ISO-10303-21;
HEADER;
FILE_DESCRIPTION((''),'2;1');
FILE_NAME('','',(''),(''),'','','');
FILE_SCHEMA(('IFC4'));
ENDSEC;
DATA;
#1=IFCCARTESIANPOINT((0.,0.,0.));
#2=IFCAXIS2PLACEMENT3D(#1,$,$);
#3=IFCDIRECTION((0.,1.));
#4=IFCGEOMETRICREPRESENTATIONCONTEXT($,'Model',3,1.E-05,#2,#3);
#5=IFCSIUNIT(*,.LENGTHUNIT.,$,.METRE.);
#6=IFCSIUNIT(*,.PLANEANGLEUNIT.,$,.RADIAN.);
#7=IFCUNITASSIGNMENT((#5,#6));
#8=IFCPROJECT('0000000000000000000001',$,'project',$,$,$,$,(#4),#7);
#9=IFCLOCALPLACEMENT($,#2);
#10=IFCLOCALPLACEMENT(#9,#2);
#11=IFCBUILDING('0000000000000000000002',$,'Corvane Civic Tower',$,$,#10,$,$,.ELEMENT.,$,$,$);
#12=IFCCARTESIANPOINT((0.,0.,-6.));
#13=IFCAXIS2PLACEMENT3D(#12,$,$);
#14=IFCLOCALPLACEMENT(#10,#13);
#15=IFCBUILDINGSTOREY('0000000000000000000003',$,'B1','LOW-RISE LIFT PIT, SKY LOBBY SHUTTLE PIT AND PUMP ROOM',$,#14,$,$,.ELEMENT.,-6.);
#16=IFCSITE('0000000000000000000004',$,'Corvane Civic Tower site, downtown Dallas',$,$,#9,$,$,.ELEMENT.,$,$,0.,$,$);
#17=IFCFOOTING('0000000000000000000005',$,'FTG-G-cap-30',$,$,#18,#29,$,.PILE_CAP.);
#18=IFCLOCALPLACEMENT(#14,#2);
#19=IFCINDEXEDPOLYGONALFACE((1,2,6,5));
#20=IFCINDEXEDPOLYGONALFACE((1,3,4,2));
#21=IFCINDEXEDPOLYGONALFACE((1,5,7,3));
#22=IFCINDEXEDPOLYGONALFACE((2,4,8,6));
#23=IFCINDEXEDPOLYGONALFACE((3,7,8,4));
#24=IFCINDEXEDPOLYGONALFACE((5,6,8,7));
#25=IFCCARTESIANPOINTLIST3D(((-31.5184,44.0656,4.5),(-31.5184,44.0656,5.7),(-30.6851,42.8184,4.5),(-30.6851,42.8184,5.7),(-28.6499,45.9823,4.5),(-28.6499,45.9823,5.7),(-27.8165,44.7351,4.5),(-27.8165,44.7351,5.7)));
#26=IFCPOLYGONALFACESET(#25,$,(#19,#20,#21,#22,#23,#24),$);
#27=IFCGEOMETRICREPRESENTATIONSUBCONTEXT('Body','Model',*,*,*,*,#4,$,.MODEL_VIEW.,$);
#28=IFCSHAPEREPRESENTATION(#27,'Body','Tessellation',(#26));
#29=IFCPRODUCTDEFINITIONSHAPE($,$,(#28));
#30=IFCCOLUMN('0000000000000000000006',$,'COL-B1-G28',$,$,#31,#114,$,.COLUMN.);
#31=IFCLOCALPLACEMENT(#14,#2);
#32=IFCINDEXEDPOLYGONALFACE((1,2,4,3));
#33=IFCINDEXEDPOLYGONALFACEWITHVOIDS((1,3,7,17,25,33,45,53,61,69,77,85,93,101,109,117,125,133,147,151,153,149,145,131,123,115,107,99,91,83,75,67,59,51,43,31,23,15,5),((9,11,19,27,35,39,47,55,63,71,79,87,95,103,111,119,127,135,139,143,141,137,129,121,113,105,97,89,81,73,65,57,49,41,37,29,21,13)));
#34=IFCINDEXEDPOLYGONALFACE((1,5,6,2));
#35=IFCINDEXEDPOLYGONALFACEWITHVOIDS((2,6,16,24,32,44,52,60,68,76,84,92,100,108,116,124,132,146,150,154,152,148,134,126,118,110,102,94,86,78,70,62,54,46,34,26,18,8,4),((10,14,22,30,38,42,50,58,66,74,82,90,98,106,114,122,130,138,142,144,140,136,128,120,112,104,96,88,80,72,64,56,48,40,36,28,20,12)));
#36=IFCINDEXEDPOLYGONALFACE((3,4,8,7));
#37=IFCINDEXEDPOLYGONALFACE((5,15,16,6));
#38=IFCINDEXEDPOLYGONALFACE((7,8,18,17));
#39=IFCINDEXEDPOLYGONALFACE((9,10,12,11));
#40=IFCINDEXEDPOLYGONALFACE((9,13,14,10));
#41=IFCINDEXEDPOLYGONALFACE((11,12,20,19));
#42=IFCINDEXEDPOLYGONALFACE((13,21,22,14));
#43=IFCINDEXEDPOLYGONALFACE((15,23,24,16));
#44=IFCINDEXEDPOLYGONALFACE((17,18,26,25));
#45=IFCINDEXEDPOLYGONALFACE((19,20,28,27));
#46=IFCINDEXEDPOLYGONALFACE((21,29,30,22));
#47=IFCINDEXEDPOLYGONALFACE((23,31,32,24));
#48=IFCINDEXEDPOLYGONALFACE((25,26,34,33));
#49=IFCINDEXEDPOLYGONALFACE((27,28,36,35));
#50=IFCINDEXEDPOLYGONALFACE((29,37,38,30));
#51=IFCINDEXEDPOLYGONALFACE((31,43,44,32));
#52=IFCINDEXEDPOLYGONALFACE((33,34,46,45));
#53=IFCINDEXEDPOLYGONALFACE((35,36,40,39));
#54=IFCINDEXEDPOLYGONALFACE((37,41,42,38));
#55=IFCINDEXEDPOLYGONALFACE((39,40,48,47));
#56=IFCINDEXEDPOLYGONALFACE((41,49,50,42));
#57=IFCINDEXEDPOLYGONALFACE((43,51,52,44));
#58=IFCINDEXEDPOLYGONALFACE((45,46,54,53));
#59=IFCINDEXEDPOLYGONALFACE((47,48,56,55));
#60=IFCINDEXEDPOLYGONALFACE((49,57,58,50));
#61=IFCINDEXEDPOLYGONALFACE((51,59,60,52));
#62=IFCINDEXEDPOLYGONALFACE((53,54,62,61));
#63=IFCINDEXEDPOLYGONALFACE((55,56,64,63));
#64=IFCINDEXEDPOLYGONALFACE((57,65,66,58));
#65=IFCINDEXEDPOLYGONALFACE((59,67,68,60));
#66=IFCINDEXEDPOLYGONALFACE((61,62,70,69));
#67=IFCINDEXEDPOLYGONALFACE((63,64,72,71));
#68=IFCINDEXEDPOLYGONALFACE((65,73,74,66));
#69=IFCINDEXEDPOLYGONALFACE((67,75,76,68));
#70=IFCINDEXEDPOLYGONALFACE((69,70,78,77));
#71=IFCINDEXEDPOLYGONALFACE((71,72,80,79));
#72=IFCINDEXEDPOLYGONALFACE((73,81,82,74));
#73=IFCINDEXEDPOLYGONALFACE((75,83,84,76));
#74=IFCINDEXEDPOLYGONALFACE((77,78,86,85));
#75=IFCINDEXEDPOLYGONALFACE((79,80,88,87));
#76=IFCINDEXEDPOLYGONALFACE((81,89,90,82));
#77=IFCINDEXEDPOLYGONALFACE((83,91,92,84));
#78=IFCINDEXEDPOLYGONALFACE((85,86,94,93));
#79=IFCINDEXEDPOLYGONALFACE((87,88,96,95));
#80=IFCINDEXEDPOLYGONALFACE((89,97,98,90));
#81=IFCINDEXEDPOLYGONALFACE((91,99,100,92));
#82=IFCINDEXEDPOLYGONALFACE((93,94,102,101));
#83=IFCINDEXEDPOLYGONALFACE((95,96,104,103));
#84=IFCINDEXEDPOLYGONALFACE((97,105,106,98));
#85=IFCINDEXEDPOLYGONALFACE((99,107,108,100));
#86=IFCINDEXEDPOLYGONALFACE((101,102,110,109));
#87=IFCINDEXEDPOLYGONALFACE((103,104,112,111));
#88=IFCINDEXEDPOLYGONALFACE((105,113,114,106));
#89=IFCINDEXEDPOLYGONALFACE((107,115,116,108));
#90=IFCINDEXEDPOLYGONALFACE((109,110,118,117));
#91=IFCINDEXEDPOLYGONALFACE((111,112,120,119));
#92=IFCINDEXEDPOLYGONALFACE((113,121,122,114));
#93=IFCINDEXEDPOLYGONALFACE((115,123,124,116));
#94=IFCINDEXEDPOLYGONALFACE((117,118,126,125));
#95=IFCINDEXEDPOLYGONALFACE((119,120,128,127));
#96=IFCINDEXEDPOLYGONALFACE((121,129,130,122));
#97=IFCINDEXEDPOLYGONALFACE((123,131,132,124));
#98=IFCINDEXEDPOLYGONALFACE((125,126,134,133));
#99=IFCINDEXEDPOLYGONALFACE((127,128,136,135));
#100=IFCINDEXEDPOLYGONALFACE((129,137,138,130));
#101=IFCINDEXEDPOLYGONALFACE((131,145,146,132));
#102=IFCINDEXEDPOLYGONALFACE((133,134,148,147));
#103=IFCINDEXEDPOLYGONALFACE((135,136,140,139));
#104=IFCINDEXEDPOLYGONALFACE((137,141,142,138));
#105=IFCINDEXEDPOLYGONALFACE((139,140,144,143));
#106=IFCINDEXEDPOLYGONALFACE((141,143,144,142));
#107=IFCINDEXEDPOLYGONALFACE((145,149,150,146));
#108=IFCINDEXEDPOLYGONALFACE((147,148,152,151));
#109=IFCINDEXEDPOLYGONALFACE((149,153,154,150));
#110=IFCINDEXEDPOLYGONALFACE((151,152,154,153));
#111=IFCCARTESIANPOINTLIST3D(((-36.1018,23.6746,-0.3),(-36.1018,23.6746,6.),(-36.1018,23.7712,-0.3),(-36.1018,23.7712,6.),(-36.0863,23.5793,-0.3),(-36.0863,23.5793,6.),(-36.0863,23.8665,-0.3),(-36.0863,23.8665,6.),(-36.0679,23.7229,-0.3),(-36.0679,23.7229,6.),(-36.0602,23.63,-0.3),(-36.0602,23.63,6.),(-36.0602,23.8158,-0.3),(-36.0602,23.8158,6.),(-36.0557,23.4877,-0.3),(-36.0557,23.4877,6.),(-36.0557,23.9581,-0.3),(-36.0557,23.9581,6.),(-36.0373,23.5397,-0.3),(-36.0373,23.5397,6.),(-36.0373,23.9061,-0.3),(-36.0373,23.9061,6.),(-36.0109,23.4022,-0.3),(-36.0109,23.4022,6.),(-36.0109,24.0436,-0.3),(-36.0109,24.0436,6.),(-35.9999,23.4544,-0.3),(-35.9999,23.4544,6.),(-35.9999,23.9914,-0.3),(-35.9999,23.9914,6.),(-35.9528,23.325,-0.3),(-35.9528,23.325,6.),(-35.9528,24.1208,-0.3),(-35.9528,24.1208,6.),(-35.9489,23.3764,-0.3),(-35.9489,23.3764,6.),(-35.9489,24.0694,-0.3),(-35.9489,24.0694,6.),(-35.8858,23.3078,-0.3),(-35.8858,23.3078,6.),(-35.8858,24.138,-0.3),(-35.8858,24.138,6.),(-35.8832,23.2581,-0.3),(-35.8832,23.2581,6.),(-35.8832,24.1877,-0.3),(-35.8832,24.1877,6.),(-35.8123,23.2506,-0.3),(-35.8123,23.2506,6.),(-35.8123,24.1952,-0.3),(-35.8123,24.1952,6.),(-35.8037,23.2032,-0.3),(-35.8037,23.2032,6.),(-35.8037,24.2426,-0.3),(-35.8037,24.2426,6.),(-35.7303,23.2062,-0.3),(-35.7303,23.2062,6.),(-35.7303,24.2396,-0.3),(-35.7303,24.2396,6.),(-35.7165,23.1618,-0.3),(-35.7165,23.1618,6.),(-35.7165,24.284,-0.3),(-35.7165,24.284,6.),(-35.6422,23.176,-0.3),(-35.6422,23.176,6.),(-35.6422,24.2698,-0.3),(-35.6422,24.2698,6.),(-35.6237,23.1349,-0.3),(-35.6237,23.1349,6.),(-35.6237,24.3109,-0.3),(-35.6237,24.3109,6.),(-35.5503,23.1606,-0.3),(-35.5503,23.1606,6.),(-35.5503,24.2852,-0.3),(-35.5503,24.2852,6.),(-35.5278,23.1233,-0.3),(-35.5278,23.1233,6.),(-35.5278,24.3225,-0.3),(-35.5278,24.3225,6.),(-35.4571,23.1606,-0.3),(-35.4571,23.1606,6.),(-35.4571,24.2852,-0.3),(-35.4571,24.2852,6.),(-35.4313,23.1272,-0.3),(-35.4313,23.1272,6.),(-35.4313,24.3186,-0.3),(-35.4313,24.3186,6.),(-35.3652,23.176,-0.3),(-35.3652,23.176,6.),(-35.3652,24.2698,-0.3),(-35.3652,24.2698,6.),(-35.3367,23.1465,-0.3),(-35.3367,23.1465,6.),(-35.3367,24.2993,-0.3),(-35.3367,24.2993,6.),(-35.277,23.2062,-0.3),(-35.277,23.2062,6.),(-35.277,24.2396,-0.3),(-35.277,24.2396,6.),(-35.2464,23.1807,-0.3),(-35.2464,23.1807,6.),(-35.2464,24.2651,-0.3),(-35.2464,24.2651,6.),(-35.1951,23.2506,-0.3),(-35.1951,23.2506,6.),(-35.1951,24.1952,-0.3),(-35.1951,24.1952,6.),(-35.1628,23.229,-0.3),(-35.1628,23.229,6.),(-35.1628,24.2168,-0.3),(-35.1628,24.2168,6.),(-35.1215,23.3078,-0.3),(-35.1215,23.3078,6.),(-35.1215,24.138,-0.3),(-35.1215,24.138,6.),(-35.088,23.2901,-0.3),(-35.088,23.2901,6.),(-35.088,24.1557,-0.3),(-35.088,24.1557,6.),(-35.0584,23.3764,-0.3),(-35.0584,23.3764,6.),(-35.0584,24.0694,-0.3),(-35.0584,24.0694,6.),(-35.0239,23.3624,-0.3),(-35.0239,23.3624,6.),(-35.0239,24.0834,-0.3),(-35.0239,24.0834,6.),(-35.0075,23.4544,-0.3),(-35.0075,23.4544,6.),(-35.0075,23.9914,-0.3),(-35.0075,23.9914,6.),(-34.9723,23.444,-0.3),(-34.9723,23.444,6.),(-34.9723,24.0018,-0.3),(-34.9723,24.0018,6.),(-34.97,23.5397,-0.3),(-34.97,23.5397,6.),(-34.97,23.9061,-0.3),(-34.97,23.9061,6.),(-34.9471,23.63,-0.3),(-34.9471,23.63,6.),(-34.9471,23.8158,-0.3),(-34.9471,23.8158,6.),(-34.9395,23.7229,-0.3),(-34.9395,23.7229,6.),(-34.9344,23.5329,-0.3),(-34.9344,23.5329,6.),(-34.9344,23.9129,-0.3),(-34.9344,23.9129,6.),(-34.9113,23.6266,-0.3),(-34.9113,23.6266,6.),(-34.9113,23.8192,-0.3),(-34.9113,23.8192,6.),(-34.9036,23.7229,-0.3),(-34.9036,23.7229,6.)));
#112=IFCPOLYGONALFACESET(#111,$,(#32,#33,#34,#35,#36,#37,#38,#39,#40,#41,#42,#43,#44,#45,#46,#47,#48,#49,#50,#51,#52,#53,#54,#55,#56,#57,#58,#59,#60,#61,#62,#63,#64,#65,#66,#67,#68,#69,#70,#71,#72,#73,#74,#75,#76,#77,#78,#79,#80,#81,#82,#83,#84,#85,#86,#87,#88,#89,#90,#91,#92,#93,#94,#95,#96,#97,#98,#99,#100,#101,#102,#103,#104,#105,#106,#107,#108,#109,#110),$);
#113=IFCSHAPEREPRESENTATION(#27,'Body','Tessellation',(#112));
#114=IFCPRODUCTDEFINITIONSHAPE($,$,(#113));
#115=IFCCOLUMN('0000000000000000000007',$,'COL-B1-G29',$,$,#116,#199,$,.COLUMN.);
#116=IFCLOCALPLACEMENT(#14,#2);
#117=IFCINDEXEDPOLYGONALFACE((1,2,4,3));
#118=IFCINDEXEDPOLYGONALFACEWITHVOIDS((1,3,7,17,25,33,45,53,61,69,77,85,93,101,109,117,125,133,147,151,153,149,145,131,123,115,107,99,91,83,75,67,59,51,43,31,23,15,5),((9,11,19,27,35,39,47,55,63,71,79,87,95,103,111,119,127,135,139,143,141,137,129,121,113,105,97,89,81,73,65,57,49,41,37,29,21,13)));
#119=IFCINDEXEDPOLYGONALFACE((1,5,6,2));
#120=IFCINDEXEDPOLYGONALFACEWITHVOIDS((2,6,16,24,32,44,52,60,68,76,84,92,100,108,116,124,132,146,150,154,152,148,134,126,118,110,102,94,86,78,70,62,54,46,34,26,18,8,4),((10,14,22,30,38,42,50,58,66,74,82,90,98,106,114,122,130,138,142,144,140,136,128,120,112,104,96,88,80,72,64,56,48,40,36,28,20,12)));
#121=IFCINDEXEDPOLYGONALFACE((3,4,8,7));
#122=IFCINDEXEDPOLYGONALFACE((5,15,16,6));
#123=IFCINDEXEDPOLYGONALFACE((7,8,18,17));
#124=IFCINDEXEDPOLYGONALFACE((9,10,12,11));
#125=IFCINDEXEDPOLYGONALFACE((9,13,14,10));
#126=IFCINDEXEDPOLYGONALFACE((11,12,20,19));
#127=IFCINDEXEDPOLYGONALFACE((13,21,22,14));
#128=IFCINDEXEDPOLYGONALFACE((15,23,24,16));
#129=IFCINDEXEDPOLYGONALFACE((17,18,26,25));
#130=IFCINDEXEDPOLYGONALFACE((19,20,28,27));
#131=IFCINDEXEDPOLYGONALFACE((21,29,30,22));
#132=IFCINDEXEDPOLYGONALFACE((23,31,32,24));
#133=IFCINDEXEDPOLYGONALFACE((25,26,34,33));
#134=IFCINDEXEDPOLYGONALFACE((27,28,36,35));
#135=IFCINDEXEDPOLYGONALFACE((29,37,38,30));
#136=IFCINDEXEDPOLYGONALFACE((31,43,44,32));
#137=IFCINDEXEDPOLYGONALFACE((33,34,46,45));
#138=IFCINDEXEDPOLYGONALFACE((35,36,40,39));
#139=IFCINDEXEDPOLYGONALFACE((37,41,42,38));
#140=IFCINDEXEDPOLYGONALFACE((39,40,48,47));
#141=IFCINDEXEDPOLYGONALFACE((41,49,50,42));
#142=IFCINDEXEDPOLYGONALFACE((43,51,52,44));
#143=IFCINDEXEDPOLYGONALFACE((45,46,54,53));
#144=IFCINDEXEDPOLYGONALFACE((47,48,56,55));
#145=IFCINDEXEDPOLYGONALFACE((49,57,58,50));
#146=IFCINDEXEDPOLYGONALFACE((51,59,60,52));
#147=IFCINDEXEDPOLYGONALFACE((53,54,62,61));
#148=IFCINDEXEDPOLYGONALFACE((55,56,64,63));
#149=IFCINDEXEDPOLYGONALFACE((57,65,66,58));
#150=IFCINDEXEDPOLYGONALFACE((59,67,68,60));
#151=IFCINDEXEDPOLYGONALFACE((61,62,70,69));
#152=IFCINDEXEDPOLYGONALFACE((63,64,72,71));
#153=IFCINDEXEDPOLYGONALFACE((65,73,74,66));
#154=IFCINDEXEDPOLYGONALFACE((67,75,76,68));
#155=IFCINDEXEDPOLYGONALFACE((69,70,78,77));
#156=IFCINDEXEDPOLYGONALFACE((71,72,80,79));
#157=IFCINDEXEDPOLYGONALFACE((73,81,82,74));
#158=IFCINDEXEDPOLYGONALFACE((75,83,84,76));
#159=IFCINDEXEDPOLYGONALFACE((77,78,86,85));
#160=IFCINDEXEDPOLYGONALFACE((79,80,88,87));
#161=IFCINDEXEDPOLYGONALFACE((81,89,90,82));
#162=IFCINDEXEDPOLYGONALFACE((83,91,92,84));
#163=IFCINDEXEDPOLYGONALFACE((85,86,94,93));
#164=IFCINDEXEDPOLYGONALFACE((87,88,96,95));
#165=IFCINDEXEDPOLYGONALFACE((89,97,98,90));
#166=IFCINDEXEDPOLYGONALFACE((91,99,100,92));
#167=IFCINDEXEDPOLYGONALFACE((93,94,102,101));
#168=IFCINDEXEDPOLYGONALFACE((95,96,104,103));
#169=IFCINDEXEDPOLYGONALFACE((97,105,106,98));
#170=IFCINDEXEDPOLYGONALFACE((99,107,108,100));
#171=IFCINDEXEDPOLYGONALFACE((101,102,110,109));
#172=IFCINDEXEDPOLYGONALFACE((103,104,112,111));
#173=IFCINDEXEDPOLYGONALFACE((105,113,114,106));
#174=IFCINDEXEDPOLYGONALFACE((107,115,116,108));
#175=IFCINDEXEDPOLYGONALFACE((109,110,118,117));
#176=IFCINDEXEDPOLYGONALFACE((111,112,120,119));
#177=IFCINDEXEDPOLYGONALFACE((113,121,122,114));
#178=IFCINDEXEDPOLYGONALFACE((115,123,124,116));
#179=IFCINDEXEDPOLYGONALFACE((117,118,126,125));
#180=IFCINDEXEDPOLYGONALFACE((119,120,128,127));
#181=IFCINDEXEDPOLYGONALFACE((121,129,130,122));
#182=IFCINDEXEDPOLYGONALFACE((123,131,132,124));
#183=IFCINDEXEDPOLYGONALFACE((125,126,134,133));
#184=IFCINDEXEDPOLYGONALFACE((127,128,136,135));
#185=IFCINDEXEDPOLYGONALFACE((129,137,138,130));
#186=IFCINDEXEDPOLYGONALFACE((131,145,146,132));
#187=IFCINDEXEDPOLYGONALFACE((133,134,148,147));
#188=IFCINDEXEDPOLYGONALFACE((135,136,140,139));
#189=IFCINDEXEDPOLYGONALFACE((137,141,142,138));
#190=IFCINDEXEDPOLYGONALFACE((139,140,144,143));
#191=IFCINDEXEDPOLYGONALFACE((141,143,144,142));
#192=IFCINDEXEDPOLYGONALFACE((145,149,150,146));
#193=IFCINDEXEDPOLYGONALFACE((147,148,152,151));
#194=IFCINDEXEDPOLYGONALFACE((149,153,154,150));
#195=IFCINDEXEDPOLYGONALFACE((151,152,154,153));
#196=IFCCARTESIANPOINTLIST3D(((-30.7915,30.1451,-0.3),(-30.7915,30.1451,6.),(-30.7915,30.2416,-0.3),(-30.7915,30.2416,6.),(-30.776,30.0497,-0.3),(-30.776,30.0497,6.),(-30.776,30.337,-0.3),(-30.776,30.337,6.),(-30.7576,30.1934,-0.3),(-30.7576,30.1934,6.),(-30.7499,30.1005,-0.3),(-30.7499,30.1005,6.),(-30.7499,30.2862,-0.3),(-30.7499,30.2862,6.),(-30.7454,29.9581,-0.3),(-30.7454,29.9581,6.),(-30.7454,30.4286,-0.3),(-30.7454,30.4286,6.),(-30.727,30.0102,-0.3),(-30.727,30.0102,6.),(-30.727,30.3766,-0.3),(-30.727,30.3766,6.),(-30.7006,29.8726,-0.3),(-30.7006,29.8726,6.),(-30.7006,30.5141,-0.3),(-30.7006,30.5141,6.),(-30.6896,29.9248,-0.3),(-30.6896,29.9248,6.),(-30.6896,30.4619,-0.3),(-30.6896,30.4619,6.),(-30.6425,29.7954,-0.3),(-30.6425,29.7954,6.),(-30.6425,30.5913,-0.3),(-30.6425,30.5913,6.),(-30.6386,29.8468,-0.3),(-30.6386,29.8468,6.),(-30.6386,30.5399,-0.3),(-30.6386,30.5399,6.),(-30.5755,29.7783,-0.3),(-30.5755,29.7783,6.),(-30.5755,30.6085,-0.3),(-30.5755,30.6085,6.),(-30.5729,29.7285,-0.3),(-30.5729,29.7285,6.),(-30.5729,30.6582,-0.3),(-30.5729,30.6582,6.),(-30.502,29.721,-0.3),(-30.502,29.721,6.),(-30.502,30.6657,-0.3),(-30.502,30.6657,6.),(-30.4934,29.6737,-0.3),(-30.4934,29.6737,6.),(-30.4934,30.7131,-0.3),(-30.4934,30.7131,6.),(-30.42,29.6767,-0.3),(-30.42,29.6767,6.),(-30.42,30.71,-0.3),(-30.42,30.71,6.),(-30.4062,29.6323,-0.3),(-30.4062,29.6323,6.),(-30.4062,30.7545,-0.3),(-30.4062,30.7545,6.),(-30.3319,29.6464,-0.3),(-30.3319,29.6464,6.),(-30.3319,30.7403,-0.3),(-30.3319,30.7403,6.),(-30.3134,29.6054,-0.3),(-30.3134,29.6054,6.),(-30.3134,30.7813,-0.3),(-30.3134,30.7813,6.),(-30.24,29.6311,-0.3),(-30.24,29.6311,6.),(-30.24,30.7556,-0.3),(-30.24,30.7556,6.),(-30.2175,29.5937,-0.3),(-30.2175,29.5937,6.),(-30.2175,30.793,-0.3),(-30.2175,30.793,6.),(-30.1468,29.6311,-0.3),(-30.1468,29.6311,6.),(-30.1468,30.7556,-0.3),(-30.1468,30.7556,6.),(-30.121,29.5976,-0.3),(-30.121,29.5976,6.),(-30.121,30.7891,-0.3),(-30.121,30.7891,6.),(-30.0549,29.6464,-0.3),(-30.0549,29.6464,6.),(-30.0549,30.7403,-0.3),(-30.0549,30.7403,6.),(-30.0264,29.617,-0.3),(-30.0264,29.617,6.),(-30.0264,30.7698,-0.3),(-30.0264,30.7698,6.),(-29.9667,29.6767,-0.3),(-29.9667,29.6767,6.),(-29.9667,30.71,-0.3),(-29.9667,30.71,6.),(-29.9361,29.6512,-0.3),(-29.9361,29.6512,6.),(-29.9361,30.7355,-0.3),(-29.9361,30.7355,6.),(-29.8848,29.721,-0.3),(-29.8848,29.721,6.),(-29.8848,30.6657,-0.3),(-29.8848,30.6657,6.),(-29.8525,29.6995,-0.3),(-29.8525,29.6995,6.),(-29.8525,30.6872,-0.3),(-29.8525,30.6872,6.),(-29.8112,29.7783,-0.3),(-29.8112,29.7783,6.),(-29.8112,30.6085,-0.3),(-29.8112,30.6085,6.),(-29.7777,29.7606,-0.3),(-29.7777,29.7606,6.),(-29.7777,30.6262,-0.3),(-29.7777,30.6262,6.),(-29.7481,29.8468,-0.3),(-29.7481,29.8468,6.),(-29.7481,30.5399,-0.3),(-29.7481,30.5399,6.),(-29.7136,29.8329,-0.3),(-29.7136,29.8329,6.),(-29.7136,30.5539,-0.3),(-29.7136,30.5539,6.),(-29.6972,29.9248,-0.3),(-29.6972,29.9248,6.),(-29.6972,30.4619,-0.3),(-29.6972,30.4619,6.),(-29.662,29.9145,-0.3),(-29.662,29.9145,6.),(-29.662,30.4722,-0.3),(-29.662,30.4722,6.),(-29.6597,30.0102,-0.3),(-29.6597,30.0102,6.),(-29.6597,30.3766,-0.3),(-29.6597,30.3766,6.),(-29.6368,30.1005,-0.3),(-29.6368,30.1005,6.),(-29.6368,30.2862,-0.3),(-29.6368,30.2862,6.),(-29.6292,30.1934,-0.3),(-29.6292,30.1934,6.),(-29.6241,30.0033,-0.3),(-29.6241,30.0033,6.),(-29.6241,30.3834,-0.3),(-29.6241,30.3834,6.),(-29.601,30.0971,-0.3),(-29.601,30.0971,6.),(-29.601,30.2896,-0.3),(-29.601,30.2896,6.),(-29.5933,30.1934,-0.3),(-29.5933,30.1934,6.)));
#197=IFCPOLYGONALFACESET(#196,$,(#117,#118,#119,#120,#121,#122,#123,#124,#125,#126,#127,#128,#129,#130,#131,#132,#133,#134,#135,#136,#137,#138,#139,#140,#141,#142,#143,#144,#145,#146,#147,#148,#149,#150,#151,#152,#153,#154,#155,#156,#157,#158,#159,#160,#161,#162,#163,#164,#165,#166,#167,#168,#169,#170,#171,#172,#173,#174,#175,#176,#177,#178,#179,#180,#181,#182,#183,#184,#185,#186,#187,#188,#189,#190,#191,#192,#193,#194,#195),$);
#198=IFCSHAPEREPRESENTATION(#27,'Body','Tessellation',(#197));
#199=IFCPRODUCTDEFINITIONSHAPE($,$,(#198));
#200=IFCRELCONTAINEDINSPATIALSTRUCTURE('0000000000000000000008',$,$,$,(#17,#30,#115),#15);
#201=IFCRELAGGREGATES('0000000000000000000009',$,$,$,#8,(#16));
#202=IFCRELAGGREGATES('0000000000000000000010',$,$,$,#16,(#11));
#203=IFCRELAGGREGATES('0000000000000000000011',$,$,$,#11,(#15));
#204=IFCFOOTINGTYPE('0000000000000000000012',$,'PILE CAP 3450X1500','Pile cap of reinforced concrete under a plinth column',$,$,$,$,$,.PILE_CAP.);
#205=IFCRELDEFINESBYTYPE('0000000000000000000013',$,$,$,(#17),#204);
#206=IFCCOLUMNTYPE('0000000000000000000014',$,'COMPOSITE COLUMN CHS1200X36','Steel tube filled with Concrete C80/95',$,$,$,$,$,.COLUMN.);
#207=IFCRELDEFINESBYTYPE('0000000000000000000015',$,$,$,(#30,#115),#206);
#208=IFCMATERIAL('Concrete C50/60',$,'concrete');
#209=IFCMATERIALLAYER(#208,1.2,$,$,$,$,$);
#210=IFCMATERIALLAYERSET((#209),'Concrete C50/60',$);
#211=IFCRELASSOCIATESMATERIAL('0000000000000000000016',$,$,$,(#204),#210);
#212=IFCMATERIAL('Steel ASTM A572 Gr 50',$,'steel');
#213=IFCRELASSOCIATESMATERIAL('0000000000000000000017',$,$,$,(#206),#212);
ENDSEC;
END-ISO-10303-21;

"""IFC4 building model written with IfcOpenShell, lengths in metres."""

from ifc_helpers import new_model, si_unit, direction, frame, origin, origin_2d, place, context, subcontext, project, spatial, rectangle, hollow_circle, extrude, material, layer, layer_set, material_profile, profile_set, type_object, element, save


model = new_model("IFC4")

# Units and contexts
model_context = context("Model", 3, precision=1e-05, world=origin(), true_north=direction((0.0, 1.0)))
body_context = subcontext(model_context, "Body", "Model", "MODEL_VIEW")
ifc_project = project(units=[si_unit("LENGTHUNIT", "METRE"), si_unit("PLANEANGLEUNIT", "RADIAN")], contexts=[model_context])

# Site, building, storey
site_placement = place(None, origin())
site = spatial("IfcSite", under=ifc_project, at=site_placement, Name="Corvane Civic Tower site, downtown Dallas", CompositionType="ELEMENT", RefElevation=0.0)
building_placement = place(site_placement, origin())
building = spatial("IfcBuilding", under=site, at=building_placement, Name="Corvane Civic Tower", CompositionType="ELEMENT")
storey_placement = place(building_placement, frame((0.0, 0.0, -6.0)))
storey = spatial("IfcBuildingStorey", under=building, at=storey_placement, Name="B1", Description="LOW-RISE LIFT PIT, SKY LOBBY SHUTTLE PIT AND PUMP ROOM", CompositionType="ELEMENT", Elevation=-6.0)

# Footing
ifc_material_1 = material(Name="Concrete C50/60", Category="concrete")
ifc_layer = layer(ifc_material_1, 1.2)
ifc_layer_set = layer_set([ifc_layer], Name="Concrete C50/60")
footing_type_1 = type_object("IfcFootingType", Name="PILE CAP 3450X1500", Description="Pile cap of reinforced concrete under a plinth column", PredefinedType="PILE_CAP", material=ifc_layer_set)
for number, where, z_axis, x_axis, name in (
    (1, (-29.6675, 44.4004, 4.5), (0.0, 0.0, 1.0), (-0.83147, -0.55557, 0.0), "FTG-G-cap-30"),
):
    element("IfcFooting", number, at=place(storey_placement, frame(where, z_axis=z_axis, x_axis=x_axis)), inside=storey, type_object=footing_type_1, Name=name, PredefinedType="PILE_CAP", context=body_context, shape_type="SweptSolid", body=[
        extrude(rectangle(XDim=3.45, YDim=1.5, at=origin_2d()), origin(), (0.0, 0.0, 1.0), 1.2),
    ])

# Columns
ifc_material_2 = material(Name="Steel ASTM A572 Gr 50", Category="steel")
ifc_material_profile_1 = material_profile(ifc_material_2, hollow_circle(Radius=0.6001, WallThickness=0.0359, at=origin_2d()), Name="CHS1200X36")
ifc_profile_set_1 = profile_set([ifc_material_profile_1], Name="Steel ASTM A572 Gr 50")
column_type_1 = type_object("IfcColumnType", Name="COMPOSITE COLUMN CHS1200X36", Description="Steel tube filled with Concrete C80/95", PredefinedType="COLUMN", material=ifc_profile_set_1)
for number, where, z_axis, x_axis, name in (
    (2, (-35.5037, 23.7229, -0.3), (0.0, 0.0, 1.0), (1.0, 0.0, 0.0), "COL-B1-G28"),
    (3, (-30.1934, 30.1934, -0.3), (0.0, 0.0, 1.0), (1.0, 0.0, 0.0), "COL-B1-G29"),
):
    element("IfcColumn", number, at=place(storey_placement, frame(where, z_axis=z_axis, x_axis=x_axis)), inside=storey, type_object=column_type_1, Name=name, PredefinedType="COLUMN", context=body_context, shape_type="SweptSolid", body=[
        extrude(hollow_circle(Radius=0.6001, WallThickness=0.0359, at=origin_2d()), origin(), (0.0, 0.0, 1.0), 6.3),
    ])

save(model, "model.ifc")
